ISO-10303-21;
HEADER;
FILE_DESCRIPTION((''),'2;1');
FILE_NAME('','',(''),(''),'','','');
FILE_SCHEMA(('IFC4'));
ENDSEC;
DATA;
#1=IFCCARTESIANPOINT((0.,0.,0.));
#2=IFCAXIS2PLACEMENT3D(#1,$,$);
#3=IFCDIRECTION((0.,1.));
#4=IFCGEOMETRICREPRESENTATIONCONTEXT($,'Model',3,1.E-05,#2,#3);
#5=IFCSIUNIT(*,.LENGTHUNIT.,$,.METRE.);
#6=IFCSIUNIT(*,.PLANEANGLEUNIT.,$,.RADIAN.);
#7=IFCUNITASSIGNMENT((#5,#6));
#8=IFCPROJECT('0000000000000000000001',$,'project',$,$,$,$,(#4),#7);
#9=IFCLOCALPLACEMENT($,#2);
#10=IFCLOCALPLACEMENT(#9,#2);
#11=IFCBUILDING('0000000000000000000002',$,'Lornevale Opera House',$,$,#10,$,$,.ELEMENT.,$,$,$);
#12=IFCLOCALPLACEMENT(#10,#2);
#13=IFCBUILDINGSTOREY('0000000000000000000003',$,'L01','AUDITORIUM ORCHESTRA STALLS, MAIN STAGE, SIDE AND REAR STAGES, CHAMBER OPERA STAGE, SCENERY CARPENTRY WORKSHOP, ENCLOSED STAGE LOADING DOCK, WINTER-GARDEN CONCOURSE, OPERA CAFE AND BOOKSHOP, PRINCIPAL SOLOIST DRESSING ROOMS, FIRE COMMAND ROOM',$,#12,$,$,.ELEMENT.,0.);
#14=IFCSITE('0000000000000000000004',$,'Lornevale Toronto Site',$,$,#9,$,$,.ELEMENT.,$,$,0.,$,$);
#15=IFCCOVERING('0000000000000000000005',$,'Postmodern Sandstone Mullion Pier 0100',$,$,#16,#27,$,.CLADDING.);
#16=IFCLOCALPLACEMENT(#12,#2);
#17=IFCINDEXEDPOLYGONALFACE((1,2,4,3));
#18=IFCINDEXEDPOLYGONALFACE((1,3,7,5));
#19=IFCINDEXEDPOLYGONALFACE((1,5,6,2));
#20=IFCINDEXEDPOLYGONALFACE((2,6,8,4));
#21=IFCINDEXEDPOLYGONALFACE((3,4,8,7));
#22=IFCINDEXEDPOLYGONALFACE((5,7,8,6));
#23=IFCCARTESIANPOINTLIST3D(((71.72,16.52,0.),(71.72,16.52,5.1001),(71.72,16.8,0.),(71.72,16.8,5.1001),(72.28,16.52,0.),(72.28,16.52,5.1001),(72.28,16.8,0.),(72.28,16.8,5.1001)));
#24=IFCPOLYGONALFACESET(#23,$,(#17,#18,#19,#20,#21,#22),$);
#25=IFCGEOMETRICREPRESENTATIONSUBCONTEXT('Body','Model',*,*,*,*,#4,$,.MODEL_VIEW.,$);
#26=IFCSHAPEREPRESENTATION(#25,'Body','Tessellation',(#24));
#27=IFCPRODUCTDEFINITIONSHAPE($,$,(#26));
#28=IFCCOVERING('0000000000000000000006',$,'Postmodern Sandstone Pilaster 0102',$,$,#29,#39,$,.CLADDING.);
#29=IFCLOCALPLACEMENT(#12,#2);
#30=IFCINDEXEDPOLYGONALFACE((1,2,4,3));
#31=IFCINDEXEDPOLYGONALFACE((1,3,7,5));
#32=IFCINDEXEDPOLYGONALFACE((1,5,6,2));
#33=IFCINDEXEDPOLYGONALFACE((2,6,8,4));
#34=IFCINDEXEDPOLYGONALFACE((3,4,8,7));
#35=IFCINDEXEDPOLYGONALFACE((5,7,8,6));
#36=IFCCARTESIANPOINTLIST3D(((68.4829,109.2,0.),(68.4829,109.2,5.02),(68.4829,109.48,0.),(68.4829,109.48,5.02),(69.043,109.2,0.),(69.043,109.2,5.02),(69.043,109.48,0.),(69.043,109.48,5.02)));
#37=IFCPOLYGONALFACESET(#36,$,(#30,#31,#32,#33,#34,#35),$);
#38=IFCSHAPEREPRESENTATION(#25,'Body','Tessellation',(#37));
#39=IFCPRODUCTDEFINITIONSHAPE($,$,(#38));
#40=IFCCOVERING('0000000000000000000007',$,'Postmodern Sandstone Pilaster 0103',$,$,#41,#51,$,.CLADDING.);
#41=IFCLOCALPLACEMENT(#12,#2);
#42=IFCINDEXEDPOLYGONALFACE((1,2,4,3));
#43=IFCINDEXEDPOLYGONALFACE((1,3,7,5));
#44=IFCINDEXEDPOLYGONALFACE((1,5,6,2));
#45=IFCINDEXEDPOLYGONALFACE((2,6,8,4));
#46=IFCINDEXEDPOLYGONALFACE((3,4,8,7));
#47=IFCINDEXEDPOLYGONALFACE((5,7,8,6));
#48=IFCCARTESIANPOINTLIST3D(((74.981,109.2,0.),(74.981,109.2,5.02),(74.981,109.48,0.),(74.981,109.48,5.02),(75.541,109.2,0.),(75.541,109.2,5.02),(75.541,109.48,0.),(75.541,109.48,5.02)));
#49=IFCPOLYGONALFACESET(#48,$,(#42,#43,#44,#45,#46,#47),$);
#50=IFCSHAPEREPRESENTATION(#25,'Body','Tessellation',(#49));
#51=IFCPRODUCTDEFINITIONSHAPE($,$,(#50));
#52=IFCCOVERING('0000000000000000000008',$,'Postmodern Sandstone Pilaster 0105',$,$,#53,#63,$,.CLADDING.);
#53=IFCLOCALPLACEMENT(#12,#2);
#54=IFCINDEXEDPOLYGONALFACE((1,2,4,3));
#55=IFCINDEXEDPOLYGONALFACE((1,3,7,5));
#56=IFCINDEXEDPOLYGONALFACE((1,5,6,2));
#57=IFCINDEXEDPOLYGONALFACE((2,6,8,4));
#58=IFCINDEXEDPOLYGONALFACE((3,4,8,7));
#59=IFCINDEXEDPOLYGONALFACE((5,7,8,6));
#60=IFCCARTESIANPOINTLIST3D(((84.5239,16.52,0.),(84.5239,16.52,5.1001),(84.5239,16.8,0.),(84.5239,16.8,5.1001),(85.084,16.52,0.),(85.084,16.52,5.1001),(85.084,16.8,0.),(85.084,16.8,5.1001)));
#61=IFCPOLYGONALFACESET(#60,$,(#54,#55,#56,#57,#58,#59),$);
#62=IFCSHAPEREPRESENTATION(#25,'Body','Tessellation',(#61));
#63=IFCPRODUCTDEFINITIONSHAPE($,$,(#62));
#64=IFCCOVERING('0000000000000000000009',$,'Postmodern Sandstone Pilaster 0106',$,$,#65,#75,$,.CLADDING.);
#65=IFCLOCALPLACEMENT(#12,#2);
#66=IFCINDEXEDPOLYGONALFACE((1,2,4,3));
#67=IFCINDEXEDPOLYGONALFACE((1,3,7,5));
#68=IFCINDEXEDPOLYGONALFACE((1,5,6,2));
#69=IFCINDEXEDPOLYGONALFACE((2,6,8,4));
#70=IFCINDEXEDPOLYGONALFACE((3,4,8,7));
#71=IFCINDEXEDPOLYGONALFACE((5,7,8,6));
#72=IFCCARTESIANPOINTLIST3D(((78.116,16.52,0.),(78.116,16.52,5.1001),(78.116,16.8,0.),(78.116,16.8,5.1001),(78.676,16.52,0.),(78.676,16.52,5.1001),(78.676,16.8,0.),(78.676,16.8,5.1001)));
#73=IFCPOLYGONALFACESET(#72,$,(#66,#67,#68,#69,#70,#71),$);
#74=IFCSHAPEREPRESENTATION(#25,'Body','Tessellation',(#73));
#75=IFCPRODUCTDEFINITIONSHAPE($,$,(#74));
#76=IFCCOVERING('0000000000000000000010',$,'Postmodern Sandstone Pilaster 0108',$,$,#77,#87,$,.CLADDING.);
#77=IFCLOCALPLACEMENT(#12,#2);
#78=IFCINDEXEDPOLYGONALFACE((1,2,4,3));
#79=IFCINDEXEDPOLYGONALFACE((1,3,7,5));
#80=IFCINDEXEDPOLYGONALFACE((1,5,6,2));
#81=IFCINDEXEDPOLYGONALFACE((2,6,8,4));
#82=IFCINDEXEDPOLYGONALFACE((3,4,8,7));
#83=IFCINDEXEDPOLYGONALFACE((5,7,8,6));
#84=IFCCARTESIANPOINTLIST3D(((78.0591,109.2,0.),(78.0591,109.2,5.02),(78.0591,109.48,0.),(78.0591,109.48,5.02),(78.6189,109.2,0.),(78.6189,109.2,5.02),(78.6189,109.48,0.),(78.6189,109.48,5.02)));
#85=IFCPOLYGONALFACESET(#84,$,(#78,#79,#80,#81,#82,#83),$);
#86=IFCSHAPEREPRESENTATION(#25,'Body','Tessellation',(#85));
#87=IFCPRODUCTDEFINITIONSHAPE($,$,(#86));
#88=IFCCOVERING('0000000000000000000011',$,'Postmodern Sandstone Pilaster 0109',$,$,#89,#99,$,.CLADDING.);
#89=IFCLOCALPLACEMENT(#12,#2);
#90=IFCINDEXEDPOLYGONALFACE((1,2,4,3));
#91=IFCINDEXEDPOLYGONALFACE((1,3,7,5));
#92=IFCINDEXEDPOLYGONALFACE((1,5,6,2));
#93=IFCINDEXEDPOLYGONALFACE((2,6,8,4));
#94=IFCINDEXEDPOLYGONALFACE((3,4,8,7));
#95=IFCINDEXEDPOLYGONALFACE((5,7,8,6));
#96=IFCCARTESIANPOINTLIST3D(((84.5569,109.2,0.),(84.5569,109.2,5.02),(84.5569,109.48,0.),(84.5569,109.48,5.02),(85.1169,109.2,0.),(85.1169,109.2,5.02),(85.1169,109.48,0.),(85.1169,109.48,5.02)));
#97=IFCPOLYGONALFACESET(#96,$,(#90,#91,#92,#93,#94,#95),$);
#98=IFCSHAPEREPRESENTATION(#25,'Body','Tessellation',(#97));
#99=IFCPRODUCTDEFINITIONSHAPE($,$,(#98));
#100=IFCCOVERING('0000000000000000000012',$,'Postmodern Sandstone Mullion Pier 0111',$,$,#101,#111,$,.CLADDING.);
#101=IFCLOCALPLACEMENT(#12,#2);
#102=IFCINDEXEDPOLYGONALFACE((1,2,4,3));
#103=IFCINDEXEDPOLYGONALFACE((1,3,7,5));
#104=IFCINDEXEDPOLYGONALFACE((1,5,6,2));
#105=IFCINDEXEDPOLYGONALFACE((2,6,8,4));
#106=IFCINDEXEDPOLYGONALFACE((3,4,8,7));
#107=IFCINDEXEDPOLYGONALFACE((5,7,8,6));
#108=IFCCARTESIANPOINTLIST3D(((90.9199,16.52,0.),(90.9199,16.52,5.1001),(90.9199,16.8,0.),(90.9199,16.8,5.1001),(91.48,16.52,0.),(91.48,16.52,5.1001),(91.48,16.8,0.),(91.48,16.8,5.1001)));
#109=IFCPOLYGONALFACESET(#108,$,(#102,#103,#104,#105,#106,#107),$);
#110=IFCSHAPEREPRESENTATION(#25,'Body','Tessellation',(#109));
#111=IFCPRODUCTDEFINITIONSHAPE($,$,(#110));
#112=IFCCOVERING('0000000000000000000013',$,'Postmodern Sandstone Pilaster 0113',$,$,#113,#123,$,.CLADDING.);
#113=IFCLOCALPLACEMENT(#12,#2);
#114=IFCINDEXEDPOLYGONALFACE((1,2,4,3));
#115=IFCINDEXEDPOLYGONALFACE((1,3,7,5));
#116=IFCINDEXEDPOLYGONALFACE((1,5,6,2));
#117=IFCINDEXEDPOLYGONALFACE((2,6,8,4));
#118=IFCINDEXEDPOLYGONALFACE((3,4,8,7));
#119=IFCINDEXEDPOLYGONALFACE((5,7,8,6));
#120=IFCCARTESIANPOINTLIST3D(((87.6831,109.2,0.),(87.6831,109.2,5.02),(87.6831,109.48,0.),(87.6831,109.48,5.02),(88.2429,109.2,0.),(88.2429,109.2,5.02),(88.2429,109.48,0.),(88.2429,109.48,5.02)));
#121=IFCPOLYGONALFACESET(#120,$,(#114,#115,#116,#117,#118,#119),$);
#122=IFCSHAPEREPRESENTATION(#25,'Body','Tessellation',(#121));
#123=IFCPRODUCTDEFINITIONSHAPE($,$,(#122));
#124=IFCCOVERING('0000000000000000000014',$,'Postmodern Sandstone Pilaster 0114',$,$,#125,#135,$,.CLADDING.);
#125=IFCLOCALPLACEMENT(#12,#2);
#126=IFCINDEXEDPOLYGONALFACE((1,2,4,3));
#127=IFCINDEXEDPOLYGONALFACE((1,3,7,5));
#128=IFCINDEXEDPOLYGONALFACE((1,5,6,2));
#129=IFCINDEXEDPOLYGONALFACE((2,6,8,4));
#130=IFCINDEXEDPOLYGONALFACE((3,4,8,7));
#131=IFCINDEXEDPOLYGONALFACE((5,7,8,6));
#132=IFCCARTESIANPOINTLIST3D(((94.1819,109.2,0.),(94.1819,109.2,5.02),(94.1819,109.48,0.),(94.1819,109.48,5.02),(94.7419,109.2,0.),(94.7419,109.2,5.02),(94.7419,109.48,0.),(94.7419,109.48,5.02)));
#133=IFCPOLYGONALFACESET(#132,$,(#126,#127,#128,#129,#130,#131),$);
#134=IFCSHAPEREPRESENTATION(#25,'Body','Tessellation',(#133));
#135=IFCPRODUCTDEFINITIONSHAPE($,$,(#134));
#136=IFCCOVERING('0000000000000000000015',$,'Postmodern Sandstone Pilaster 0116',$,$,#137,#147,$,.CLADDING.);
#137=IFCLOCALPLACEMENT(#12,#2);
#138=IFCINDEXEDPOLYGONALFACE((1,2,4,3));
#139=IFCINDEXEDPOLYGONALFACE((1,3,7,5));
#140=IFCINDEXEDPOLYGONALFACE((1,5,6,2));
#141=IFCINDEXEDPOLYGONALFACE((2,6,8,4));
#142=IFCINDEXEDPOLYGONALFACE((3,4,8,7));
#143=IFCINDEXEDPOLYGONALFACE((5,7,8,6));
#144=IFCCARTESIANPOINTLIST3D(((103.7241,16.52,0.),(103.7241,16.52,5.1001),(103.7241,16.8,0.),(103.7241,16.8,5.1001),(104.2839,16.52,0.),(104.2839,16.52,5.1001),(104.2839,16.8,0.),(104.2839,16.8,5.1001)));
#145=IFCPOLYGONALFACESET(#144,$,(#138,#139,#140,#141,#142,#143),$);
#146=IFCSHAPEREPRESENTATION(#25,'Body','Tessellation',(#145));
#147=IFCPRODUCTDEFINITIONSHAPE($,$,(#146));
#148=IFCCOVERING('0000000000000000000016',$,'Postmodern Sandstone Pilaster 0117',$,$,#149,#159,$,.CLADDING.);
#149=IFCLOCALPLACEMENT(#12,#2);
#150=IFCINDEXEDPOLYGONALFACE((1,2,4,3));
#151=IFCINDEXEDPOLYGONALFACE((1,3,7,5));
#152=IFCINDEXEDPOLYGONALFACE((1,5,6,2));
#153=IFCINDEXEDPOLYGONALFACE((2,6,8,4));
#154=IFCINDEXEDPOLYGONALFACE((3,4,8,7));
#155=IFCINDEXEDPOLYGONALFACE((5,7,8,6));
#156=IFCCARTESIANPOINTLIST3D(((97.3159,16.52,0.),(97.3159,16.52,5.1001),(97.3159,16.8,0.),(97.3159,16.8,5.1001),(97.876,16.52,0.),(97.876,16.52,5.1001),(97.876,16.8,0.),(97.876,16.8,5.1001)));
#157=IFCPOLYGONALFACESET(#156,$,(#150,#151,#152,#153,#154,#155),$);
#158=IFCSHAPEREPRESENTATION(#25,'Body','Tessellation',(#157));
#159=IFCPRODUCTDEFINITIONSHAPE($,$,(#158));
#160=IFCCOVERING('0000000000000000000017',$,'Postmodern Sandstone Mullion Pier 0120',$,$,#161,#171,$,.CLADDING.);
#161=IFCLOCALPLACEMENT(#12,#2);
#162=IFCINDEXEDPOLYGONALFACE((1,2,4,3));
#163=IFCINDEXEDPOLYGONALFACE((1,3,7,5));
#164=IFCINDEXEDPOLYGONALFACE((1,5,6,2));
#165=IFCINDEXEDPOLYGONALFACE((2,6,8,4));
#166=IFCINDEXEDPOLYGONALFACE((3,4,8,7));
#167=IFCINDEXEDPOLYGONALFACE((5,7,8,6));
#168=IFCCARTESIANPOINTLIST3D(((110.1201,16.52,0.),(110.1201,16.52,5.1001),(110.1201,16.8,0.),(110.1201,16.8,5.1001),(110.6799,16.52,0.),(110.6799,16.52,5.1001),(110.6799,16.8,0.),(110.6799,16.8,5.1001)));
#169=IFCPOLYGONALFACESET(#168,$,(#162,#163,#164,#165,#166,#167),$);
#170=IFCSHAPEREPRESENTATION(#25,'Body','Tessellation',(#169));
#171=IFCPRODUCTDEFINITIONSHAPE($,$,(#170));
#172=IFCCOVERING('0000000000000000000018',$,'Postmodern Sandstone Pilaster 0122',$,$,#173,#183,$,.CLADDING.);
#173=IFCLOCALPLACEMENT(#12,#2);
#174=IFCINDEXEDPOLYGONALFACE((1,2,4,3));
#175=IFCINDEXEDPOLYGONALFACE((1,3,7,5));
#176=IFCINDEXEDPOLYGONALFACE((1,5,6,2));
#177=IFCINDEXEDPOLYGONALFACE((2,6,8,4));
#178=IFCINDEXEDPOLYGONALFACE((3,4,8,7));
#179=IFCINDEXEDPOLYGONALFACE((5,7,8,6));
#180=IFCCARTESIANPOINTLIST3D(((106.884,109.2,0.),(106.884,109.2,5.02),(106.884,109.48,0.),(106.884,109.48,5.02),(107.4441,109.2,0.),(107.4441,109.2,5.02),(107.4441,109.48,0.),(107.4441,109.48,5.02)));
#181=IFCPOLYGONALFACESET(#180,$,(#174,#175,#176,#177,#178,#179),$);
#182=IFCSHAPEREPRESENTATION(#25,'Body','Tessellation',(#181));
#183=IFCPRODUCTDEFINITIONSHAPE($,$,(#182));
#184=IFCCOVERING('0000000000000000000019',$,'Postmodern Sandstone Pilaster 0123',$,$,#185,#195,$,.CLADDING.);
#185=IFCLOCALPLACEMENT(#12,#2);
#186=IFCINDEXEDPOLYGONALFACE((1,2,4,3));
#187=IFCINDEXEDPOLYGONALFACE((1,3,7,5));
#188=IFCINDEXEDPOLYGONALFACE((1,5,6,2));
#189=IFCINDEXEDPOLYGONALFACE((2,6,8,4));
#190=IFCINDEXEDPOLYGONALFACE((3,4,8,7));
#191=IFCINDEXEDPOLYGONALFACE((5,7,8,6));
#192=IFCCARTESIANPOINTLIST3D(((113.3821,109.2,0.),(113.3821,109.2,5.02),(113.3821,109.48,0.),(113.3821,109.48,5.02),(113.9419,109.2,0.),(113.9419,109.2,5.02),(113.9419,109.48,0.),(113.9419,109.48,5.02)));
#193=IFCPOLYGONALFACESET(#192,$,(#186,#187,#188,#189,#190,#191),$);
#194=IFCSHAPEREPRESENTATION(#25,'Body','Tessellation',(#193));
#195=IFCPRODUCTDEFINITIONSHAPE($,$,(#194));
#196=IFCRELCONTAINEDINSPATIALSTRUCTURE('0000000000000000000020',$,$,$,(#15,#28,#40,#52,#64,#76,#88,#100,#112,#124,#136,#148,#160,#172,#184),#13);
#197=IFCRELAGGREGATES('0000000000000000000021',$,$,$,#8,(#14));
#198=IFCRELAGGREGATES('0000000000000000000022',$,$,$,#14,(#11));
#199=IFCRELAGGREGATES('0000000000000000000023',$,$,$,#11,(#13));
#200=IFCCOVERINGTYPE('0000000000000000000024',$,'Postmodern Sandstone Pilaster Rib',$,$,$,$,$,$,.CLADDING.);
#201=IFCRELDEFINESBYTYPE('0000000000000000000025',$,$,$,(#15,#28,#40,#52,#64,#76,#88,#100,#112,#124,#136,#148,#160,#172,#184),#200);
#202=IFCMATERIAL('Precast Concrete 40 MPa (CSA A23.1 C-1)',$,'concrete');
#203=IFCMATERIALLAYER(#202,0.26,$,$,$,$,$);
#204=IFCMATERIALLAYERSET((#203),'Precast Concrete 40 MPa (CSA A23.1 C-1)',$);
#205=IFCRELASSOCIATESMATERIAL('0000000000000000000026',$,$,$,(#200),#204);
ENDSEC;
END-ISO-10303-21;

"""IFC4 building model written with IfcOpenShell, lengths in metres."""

from ifc_helpers import new_model, si_unit, direction, origin, place, context, subcontext, project, spatial, polyline, outline, extrude, material, layer, layer_set, type_object, element, save


model = new_model("IFC4")

# Units and contexts
model_context = context("Model", 3, precision=1e-05, world=origin(), true_north=direction((0.0, 1.0)))
body_context = subcontext(model_context, "Body", "Model", "MODEL_VIEW")
ifc_project = project(units=[si_unit("LENGTHUNIT", "METRE"), si_unit("PLANEANGLEUNIT", "RADIAN")], contexts=[model_context])

# Site, building, storey
site_placement = place(None, origin())
site = spatial("IfcSite", under=ifc_project, at=site_placement, Name="Lornevale Toronto Site", CompositionType="ELEMENT", RefElevation=0.0)
building_placement = place(site_placement, origin())
building = spatial("IfcBuilding", under=site, at=building_placement, Name="Lornevale Opera House", CompositionType="ELEMENT")
storey_placement = place(building_placement, origin())
storey = spatial("IfcBuildingStorey", under=building, at=storey_placement, Name="L01", Description="AUDITORIUM ORCHESTRA STALLS, MAIN STAGE, SIDE AND REAR STAGES, CHAMBER OPERA STAGE, SCENERY CARPENTRY WORKSHOP, ENCLOSED STAGE LOADING DOCK, WINTER-GARDEN CONCOURSE, OPERA CAFE AND BOOKSHOP, PRINCIPAL SOLOIST DRESSING ROOMS, FIRE COMMAND ROOM", CompositionType="ELEMENT", Elevation=0.0)

# Coverings
ifc_material = material(Name="Precast Concrete 40 MPa (CSA A23.1 C-1)", Category="concrete")
ifc_layer = layer(ifc_material, 0.26)
ifc_layer_set = layer_set([ifc_layer], Name="Precast Concrete 40 MPa (CSA A23.1 C-1)")
covering_type = type_object("IfcCoveringType", Name="Postmodern Sandstone Pilaster Rib", PredefinedType="CLADDING", material=ifc_layer_set)
covering_1_placement = place(storey_placement, origin())
element("IfcCovering", 1, at=covering_1_placement, inside=storey, type_object=covering_type, Name="Postmodern Sandstone Mullion Pier 0100", PredefinedType="CLADDING", context=body_context, shape_type="SweptSolid", body=[
    extrude(outline(polyline([(72.28, 16.8), (71.72, 16.8), (71.72, 16.52), (72.28, 16.52), (72.28, 16.8)])), origin(), (0.0, 0.0, 1.0), 5.1001),
])
covering_2_placement = place(storey_placement, origin())
element("IfcCovering", 2, at=covering_2_placement, inside=storey, type_object=covering_type, Name="Postmodern Sandstone Pilaster 0102", PredefinedType="CLADDING", context=body_context, shape_type="SweptSolid", body=[
    extrude(outline(polyline([(68.4829, 109.2), (69.043, 109.2), (69.043, 109.48), (68.4829, 109.48), (68.4829, 109.2)])), origin(), (0.0, 0.0, 1.0), 5.02),
])
covering_3_placement = place(storey_placement, origin())
element("IfcCovering", 3, at=covering_3_placement, inside=storey, type_object=covering_type, Name="Postmodern Sandstone Pilaster 0103", PredefinedType="CLADDING", context=body_context, shape_type="SweptSolid", body=[
    extrude(outline(polyline([(74.981, 109.2), (75.541, 109.2), (75.541, 109.48), (74.981, 109.48), (74.981, 109.2)])), origin(), (0.0, 0.0, 1.0), 5.02),
])
covering_4_placement = place(storey_placement, origin())
element("IfcCovering", 4, at=covering_4_placement, inside=storey, type_object=covering_type, Name="Postmodern Sandstone Pilaster 0105", PredefinedType="CLADDING", context=body_context, shape_type="SweptSolid", body=[
    extrude(outline(polyline([(85.084, 16.8), (84.5239, 16.8), (84.5239, 16.52), (85.084, 16.52), (85.084, 16.8)])), origin(), (0.0, 0.0, 1.0), 5.1001),
])
covering_5_placement = place(storey_placement, origin())
element("IfcCovering", 5, at=covering_5_placement, inside=storey, type_object=covering_type, Name="Postmodern Sandstone Pilaster 0106", PredefinedType="CLADDING", context=body_context, shape_type="SweptSolid", body=[
    extrude(outline(polyline([(78.676, 16.8), (78.116, 16.8), (78.116, 16.52), (78.676, 16.52), (78.676, 16.8)])), origin(), (0.0, 0.0, 1.0), 5.1001),
])
covering_6_placement = place(storey_placement, origin())
element("IfcCovering", 6, at=covering_6_placement, inside=storey, type_object=covering_type, Name="Postmodern Sandstone Pilaster 0108", PredefinedType="CLADDING", context=body_context, shape_type="SweptSolid", body=[
    extrude(outline(polyline([(78.0591, 109.2), (78.6189, 109.2), (78.6189, 109.48), (78.0591, 109.48), (78.0591, 109.2)])), origin(), (0.0, 0.0, 1.0), 5.02),
])
covering_7_placement = place(storey_placement, origin())
element("IfcCovering", 7, at=covering_7_placement, inside=storey, type_object=covering_type, Name="Postmodern Sandstone Pilaster 0109", PredefinedType="CLADDING", context=body_context, shape_type="SweptSolid", body=[
    extrude(outline(polyline([(84.5569, 109.2), (85.1169, 109.2), (85.1169, 109.48), (84.5569, 109.48), (84.5569, 109.2)])), origin(), (0.0, 0.0, 1.0), 5.02),
])
covering_8_placement = place(storey_placement, origin())
element("IfcCovering", 8, at=covering_8_placement, inside=storey, type_object=covering_type, Name="Postmodern Sandstone Mullion Pier 0111", PredefinedType="CLADDING", context=body_context, shape_type="SweptSolid", body=[
    extrude(outline(polyline([(91.48, 16.8), (90.9199, 16.8), (90.9199, 16.52), (91.48, 16.52), (91.48, 16.8)])), origin(), (0.0, 0.0, 1.0), 5.1001),
])
covering_9_placement = place(storey_placement, origin())
element("IfcCovering", 9, at=covering_9_placement, inside=storey, type_object=covering_type, Name="Postmodern Sandstone Pilaster 0113", PredefinedType="CLADDING", context=body_context, shape_type="SweptSolid", body=[
    extrude(outline(polyline([(87.6831, 109.2), (88.2429, 109.2), (88.2429, 109.48), (87.6831, 109.48), (87.6831, 109.2)])), origin(), (0.0, 0.0, 1.0), 5.02),
])
covering_10_placement = place(storey_placement, origin())
element("IfcCovering", 10, at=covering_10_placement, inside=storey, type_object=covering_type, Name="Postmodern Sandstone Pilaster 0114", PredefinedType="CLADDING", context=body_context, shape_type="SweptSolid", body=[
    extrude(outline(polyline([(94.1819, 109.2), (94.7419, 109.2), (94.7419, 109.48), (94.1819, 109.48), (94.1819, 109.2)])), origin(), (0.0, 0.0, 1.0), 5.02),
])
covering_11_placement = place(storey_placement, origin())
element("IfcCovering", 11, at=covering_11_placement, inside=storey, type_object=covering_type, Name="Postmodern Sandstone Pilaster 0116", PredefinedType="CLADDING", context=body_context, shape_type="SweptSolid", body=[
    extrude(outline(polyline([(104.2839, 16.8), (103.7241, 16.8), (103.7241, 16.52), (104.2839, 16.52), (104.2839, 16.8)])), origin(), (0.0, 0.0, 1.0), 5.1001),
])
covering_12_placement = place(storey_placement, origin())
element("IfcCovering", 12, at=covering_12_placement, inside=storey, type_object=covering_type, Name="Postmodern Sandstone Pilaster 0117", PredefinedType="CLADDING", context=body_context, shape_type="SweptSolid", body=[
    extrude(outline(polyline([(97.876, 16.8), (97.3159, 16.8), (97.3159, 16.52), (97.876, 16.52), (97.876, 16.8)])), origin(), (0.0, 0.0, 1.0), 5.1001),
])
covering_13_placement = place(storey_placement, origin())
element("IfcCovering", 13, at=covering_13_placement, inside=storey, type_object=covering_type, Name="Postmodern Sandstone Mullion Pier 0120", PredefinedType="CLADDING", context=body_context, shape_type="SweptSolid", body=[
    extrude(outline(polyline([(110.6799, 16.8), (110.1201, 16.8), (110.1201, 16.52), (110.6799, 16.52), (110.6799, 16.8)])), origin(), (0.0, 0.0, 1.0), 5.1001),
])
covering_14_placement = place(storey_placement, origin())
element("IfcCovering", 14, at=covering_14_placement, inside=storey, type_object=covering_type, Name="Postmodern Sandstone Pilaster 0122", PredefinedType="CLADDING", context=body_context, shape_type="SweptSolid", body=[
    extrude(outline(polyline([(106.884, 109.2), (107.4441, 109.2), (107.4441, 109.48), (106.884, 109.48), (106.884, 109.2)])), origin(), (0.0, 0.0, 1.0), 5.02),
])
covering_15_placement = place(storey_placement, origin())
element("IfcCovering", 15, at=covering_15_placement, inside=storey, type_object=covering_type, Name="Postmodern Sandstone Pilaster 0123", PredefinedType="CLADDING", context=body_context, shape_type="SweptSolid", body=[
    extrude(outline(polyline([(113.3821, 109.2), (113.9419, 109.2), (113.9419, 109.48), (113.3821, 109.48), (113.3821, 109.2)])), origin(), (0.0, 0.0, 1.0), 5.02),
])

save(model, "model.ifc")
